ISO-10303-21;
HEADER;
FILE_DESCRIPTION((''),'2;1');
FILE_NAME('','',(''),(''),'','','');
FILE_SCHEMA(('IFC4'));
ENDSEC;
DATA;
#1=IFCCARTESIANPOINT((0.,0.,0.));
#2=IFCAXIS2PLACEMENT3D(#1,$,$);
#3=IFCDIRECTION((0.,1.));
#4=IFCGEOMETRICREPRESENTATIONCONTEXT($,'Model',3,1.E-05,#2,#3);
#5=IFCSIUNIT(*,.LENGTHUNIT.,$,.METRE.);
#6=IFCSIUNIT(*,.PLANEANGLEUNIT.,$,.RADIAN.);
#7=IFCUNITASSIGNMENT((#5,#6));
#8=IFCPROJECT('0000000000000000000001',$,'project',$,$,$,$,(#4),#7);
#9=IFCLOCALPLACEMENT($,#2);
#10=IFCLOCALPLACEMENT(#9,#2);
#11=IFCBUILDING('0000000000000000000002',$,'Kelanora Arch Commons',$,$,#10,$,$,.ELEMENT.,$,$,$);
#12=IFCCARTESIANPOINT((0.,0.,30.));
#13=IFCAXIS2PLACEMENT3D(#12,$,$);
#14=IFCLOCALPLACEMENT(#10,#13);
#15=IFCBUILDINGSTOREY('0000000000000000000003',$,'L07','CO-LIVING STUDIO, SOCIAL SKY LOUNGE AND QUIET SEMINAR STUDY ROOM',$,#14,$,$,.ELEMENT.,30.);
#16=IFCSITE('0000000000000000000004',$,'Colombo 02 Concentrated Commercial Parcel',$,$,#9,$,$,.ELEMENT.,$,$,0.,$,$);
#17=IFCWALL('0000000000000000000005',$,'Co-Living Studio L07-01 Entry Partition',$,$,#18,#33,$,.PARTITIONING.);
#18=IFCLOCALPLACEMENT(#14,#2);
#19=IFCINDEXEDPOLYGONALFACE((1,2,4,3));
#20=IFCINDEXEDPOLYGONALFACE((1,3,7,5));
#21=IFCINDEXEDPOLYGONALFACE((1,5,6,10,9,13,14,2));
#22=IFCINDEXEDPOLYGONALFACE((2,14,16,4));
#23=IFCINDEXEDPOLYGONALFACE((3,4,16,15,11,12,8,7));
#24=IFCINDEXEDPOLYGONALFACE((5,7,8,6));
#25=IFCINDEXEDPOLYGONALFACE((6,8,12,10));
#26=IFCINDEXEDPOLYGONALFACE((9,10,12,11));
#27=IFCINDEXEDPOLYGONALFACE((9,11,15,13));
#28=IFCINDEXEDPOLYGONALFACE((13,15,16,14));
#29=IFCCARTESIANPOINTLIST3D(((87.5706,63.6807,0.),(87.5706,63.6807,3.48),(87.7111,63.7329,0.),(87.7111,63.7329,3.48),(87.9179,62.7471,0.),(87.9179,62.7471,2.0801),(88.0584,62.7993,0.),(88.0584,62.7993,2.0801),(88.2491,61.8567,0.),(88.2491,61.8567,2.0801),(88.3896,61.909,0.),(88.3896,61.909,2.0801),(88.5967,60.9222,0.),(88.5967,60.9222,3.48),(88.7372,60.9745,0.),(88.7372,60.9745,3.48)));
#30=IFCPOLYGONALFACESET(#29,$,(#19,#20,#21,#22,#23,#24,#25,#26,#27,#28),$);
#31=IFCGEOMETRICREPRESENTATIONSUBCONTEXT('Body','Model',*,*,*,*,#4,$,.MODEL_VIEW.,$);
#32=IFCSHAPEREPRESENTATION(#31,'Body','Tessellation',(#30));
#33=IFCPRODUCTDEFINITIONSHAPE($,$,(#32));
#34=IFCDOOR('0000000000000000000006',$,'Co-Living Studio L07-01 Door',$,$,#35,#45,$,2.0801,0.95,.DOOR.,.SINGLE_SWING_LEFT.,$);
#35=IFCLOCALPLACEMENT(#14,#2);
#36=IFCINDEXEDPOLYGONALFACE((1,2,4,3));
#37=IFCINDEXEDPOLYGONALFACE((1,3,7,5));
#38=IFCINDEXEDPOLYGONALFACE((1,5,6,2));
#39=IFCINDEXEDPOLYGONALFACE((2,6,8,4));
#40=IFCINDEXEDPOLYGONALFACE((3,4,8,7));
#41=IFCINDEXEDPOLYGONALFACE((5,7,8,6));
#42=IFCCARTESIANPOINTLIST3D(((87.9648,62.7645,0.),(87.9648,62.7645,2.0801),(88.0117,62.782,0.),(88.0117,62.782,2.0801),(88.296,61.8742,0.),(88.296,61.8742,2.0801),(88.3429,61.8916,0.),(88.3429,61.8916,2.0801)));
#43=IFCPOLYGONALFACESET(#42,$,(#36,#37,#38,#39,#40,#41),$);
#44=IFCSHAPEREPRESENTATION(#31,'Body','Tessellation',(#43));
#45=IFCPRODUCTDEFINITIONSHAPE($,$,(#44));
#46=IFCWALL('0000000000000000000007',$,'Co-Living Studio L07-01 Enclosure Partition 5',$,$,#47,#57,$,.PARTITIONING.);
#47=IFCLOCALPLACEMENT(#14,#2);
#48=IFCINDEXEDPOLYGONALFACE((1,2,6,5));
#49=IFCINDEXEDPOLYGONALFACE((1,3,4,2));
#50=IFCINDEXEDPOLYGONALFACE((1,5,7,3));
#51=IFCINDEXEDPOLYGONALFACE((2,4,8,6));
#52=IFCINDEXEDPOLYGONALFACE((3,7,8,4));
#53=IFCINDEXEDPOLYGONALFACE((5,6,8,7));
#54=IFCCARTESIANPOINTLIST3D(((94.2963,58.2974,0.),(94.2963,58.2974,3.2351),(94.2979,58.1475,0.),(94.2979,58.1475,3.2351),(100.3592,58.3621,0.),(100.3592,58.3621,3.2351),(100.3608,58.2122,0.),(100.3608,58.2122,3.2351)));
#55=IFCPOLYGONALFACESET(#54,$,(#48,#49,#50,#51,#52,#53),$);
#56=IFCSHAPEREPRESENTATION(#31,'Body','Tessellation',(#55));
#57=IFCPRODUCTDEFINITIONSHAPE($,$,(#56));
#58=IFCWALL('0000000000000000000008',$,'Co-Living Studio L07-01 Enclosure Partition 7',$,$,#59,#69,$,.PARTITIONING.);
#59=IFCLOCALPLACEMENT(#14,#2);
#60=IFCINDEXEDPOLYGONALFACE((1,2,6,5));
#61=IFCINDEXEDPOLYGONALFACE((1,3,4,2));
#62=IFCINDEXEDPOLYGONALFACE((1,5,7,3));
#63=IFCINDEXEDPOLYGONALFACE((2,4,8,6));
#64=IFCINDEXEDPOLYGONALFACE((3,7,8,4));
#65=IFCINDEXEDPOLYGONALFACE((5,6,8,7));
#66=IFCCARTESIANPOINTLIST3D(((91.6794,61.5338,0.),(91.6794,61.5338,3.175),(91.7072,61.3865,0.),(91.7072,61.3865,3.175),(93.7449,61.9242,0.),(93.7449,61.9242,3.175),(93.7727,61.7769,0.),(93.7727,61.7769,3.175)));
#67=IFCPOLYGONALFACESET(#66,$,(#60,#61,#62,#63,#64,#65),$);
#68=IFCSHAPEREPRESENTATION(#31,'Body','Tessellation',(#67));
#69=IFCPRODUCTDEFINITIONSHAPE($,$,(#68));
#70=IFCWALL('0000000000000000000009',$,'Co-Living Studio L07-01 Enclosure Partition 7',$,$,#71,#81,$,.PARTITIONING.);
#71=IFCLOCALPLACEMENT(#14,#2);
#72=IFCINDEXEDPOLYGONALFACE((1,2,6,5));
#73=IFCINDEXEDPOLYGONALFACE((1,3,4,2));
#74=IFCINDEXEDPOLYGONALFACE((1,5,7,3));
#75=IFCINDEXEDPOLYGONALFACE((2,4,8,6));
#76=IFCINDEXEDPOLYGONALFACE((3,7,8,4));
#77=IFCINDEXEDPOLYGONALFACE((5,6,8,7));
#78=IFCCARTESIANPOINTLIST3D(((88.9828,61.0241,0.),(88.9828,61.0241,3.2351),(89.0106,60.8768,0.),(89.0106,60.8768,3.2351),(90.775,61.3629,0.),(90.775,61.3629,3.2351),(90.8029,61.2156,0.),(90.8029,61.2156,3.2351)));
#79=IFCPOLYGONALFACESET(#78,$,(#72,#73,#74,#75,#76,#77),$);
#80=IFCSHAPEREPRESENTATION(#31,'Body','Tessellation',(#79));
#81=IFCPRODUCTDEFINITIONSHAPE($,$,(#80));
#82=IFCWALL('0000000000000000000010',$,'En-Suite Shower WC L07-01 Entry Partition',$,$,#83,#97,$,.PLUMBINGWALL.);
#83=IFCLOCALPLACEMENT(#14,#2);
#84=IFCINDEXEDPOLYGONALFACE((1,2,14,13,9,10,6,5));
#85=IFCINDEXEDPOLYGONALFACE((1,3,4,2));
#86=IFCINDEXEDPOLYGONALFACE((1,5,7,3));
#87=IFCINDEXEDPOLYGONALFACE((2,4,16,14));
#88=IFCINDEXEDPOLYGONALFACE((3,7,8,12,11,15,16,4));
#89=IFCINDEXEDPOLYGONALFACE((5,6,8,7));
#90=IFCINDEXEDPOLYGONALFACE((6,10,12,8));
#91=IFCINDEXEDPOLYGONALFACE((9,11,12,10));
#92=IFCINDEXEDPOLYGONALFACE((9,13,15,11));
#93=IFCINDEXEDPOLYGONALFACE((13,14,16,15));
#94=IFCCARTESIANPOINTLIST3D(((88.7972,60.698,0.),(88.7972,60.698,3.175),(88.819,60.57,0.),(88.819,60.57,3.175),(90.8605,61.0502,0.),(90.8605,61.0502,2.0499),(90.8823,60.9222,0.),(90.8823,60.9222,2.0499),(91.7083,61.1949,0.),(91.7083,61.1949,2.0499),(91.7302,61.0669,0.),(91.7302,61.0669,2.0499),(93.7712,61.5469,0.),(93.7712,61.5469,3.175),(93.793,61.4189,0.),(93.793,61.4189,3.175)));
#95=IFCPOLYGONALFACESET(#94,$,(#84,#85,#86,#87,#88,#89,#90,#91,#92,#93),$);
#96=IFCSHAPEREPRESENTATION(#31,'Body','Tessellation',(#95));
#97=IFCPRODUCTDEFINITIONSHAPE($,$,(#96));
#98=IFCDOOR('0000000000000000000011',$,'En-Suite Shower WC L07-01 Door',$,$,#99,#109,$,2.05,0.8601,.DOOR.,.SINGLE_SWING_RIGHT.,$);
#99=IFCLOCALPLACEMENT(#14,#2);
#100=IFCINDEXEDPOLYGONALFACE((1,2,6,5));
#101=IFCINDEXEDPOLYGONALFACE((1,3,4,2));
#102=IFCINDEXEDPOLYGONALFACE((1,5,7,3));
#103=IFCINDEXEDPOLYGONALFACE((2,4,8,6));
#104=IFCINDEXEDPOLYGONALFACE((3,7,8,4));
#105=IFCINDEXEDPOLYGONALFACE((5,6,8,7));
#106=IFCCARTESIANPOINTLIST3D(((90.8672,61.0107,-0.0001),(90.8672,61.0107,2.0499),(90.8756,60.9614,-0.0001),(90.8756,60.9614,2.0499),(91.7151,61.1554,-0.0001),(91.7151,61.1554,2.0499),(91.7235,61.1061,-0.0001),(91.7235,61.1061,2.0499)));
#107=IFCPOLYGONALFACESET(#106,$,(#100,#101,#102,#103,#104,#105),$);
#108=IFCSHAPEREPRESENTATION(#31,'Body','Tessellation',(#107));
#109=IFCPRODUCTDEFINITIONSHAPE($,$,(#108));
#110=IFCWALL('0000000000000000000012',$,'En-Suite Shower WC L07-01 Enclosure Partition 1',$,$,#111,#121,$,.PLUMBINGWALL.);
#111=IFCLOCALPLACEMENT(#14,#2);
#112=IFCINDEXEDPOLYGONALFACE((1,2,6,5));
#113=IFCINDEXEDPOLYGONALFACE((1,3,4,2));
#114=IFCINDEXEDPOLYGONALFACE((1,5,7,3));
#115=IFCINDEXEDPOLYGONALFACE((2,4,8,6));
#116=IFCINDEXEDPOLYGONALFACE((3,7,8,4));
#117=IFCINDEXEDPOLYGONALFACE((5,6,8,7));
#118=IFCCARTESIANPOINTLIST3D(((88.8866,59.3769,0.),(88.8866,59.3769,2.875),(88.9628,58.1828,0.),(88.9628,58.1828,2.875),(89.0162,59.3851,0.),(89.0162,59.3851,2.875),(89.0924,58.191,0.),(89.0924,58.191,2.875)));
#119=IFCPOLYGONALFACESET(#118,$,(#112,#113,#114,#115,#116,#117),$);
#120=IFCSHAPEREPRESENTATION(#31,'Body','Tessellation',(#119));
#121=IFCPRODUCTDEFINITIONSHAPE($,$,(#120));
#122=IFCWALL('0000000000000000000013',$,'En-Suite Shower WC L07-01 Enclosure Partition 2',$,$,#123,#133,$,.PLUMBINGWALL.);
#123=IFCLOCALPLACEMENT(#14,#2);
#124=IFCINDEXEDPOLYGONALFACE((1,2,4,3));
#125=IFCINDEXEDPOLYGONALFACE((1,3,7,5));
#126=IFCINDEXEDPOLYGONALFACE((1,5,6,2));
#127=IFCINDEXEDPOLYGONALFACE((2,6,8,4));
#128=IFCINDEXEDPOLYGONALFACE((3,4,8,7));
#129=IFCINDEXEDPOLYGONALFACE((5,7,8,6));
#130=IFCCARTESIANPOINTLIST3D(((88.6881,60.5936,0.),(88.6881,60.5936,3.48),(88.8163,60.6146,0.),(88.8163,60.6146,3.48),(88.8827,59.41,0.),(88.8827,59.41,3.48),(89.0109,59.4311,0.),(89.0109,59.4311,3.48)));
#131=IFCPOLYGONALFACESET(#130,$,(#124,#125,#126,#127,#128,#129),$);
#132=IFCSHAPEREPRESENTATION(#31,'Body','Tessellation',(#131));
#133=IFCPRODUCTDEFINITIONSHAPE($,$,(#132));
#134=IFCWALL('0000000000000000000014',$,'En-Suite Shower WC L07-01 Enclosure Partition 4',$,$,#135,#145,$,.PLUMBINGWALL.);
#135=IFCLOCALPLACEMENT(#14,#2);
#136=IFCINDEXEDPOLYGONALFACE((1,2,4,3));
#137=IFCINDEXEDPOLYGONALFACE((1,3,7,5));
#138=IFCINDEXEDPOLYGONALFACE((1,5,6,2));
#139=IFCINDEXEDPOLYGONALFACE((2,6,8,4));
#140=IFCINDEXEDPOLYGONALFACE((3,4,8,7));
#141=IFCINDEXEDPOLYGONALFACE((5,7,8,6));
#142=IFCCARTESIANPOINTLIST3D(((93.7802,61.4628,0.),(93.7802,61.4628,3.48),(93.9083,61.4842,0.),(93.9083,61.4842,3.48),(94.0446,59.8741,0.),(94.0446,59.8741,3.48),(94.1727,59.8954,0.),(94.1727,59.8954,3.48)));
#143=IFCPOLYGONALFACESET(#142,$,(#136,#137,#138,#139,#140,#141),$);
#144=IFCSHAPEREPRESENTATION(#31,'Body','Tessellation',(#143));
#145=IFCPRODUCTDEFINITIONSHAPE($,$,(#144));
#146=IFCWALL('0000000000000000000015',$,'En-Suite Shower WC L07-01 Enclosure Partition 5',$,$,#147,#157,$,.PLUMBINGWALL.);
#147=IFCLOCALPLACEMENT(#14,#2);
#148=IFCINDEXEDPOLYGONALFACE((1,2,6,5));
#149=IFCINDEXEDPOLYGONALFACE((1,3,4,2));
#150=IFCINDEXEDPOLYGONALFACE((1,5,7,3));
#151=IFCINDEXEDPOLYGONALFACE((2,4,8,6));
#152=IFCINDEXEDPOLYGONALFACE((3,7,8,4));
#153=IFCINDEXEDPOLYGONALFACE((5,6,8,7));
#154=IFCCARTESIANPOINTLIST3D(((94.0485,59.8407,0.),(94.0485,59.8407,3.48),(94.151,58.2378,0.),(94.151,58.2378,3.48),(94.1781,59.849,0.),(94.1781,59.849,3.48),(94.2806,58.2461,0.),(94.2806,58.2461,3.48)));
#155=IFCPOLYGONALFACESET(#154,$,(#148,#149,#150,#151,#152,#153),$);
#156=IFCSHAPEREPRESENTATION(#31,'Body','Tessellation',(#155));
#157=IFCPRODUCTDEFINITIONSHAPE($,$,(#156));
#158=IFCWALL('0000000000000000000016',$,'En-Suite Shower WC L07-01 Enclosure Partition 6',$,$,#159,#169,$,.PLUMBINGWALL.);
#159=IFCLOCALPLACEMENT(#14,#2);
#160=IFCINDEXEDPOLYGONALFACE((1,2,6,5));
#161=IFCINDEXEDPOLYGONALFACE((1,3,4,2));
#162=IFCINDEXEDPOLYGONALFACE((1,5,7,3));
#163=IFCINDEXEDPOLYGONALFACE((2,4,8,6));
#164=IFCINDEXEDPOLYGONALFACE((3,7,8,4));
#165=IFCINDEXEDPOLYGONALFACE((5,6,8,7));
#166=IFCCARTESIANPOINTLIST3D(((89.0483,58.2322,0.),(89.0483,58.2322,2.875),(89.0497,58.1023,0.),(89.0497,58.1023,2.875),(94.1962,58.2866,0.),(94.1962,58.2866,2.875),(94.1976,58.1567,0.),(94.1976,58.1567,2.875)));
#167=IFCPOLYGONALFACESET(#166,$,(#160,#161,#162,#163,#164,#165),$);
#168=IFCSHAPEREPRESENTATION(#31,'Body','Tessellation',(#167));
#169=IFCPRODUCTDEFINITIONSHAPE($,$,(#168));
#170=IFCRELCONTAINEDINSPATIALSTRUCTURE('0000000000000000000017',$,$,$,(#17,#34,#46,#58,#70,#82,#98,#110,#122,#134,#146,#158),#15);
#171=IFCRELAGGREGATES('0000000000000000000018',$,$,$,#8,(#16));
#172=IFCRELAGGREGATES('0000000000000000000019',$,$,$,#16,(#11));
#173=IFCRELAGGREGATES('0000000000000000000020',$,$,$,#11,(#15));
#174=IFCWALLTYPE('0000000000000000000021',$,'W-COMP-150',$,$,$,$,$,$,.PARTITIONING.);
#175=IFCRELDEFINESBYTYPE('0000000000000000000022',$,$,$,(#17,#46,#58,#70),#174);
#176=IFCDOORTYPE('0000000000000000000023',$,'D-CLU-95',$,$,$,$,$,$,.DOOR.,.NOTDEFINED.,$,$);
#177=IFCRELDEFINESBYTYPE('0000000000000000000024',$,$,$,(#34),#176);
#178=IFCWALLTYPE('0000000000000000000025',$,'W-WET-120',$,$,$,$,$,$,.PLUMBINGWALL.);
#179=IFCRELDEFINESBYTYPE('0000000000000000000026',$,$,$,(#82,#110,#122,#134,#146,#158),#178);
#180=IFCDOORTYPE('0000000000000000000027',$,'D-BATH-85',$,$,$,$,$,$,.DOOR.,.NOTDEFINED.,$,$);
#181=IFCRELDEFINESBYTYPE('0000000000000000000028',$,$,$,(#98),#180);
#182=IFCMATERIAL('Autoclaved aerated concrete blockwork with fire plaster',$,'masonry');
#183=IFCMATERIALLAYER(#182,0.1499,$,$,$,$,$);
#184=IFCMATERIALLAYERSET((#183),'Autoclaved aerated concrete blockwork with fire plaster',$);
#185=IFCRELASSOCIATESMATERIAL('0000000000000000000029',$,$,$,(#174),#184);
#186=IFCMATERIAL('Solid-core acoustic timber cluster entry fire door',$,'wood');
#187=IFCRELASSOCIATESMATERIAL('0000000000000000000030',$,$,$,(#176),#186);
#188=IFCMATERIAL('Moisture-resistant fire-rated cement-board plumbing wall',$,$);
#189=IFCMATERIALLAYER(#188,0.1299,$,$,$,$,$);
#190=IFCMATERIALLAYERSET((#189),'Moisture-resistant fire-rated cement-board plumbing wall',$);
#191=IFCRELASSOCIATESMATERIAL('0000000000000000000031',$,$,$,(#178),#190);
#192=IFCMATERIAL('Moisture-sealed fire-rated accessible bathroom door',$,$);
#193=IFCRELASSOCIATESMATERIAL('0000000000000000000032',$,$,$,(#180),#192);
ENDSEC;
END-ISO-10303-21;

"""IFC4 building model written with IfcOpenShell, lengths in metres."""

from ifc_helpers import new_model, si_unit, direction, frame, frame_2d, origin, place, context, subcontext, project, spatial, rectangle, extrude, material, layer, layer_set, type_object, element, fill, save


model = new_model("IFC4")

# Units and contexts
model_context = context("Model", 3, precision=1e-05, world=origin(), true_north=direction((0.0, 1.0)))
body_context = subcontext(model_context, "Body", "Model", "MODEL_VIEW")
ifc_project = project(units=[si_unit("LENGTHUNIT", "METRE"), si_unit("PLANEANGLEUNIT", "RADIAN")], contexts=[model_context])

# Site, building, storey
site_placement = place(None, origin())
site = spatial("IfcSite", under=ifc_project, at=site_placement, Name="Colombo 02 Concentrated Commercial Parcel", CompositionType="ELEMENT", RefElevation=0.0)
building_placement = place(site_placement, origin())
building = spatial("IfcBuilding", under=site, at=building_placement, Name="Kelanora Arch Commons", CompositionType="ELEMENT")
storey_placement = place(building_placement, frame((0.0, 0.0, 30.0)))
storey = spatial("IfcBuildingStorey", under=building, at=storey_placement, Name="L07", Description="CO-LIVING STUDIO, SOCIAL SKY LOUNGE AND QUIET SEMINAR STUDY ROOM", CompositionType="ELEMENT", Elevation=30.0)

# Wall, opening, door
ifc_material_1 = material(Name="Autoclaved aerated concrete blockwork with fire plaster", Category="masonry")
ifc_layer_1 = layer(ifc_material_1, 0.1499)
ifc_layer_set_1 = layer_set([ifc_layer_1], Name="Autoclaved aerated concrete blockwork with fire plaster")
wall_type_1 = type_object("IfcWallType", Name="W-COMP-150", PredefinedType="PARTITIONING", material=ifc_layer_set_1)
wall_1_placement = place(storey_placement, frame((88.667, 60.9482, 0.0), z_axis=(0.0, 0.0, 1.0), x_axis=(-0.348641, 0.937257, 0.0)))
wall_1 = element("IfcWall", 1, at=wall_1_placement, inside=storey, type_object=wall_type_1, Name="Co-Living Studio L07-01 Entry Partition", PredefinedType="PARTITIONING", context=body_context, shape_type="SweptSolid", body=[
    extrude(rectangle(XDim=2.9431, YDim=0.1499, at=frame_2d((1.4717, 0.0))), origin(), (0.0, 0.0, 1.0), 3.48),
])
opening_1_placement = place(wall_1_placement, frame((0.9971, 0.0, 0.0)))
opening_1 = element("IfcOpeningElement", 2, at=opening_1_placement, cuts=wall_1, PredefinedType="OPENING", context=body_context, shape_type="SweptSolid", body=[
    extrude(rectangle(XDim=0.95, YDim=2.0801, at=frame_2d((0.4751, 1.04))), frame((0.0, 0.085, 0.0), z_axis=(0.0, -1.0, 0.0), x_axis=(1.0, 0.0, 0.0)), (0.0, 0.0, 1.0), 0.1699),
])
ifc_material_2 = material(Name="Solid-core acoustic timber cluster entry fire door", Category="wood")
door_type_1 = type_object("IfcDoorType", Name="D-CLU-95", OperationType="NOTDEFINED", PredefinedType="DOOR", material=ifc_material_2)
door_1_placement = place(opening_1_placement, origin())
door_1 = element("IfcDoor", 3, at=door_1_placement, inside=storey, type_object=door_type_1, Name="Co-Living Studio L07-01 Door", OperationType="SINGLE_SWING_LEFT", OverallHeight=2.0801, OverallWidth=0.95, PredefinedType="DOOR", context=body_context, shape_type="SweptSolid", body=[
    extrude(rectangle(XDim=0.95, YDim=2.0801, at=frame_2d((0.4751, 1.04))), frame((0.0, 0.0249, 0.0), z_axis=(0.0, -1.0, 0.0), x_axis=(1.0, 0.0, 0.0)), (0.0, 0.0, 1.0), 0.05),
])
fill(opening_1, door_1)

# Walls
wall_2_placement = place(storey_placement, frame((100.3601, 58.2871, 0.0), z_axis=(0.0, 0.0, 1.0), x_axis=(-0.999943, -0.01067, 0.0)))
element("IfcWall", 4, at=wall_2_placement, inside=storey, type_object=wall_type_1, Name="Co-Living Studio L07-01 Enclosure Partition 5", PredefinedType="PARTITIONING", context=body_context, shape_type="SweptSolid", body=[
    extrude(rectangle(XDim=6.0632, YDim=0.1499, at=frame_2d((3.0317, 0.0))), origin(), (0.0, 0.0, 1.0), 3.2351),
])
wall_3_placement = place(storey_placement, frame((93.7588, 61.8506, 0.0), z_axis=(0.0, 0.0, 1.0), x_axis=(-0.982603, -0.185719, 0.0)))
element("IfcWall", 5, at=wall_3_placement, inside=storey, type_object=wall_type_1, Name="Co-Living Studio L07-01 Enclosure Partition 7", PredefinedType="PARTITIONING", context=body_context, shape_type="SweptSolid", body=[
    extrude(rectangle(XDim=2.1021, YDim=0.1499, at=frame_2d((1.051, 0.0))), origin(), (0.0, 0.0, 1.0), 3.175),
])
wall_4_placement = place(storey_placement, frame((90.7891, 61.2893, 0.0), z_axis=(0.0, 0.0, 1.0), x_axis=(-0.982591, -0.185783, 0.0)))
element("IfcWall", 6, at=wall_4_placement, inside=storey, type_object=wall_type_1, Name="Co-Living Studio L07-01 Enclosure Partition 7", PredefinedType="PARTITIONING", context=body_context, shape_type="SweptSolid", body=[
    extrude(rectangle(XDim=1.824, YDim=0.1499, at=frame_2d((0.9121, 0.0))), origin(), (0.0, 0.0, 1.0), 3.2351),
])

# Wall, opening, door
ifc_material_3 = material(Name="Moisture-resistant fire-rated cement-board plumbing wall")
ifc_layer_2 = layer(ifc_material_3, 0.1299)
ifc_layer_set_2 = layer_set([ifc_layer_2], Name="Moisture-resistant fire-rated cement-board plumbing wall")
wall_type_2 = type_object("IfcWallType", Name="W-WET-120", PredefinedType="PLUMBINGWALL", material=ifc_layer_set_2)
wall_5_placement = place(storey_placement, frame((88.8081, 60.634, 0.0), z_axis=(0.0, 0.0, 1.0), x_axis=(0.985747, 0.168235, 0.0)))
wall_5 = element("IfcWall", 7, at=wall_5_placement, inside=storey, type_object=wall_type_2, Name="En-Suite Shower WC L07-01 Entry Partition", PredefinedType="PLUMBINGWALL", context=body_context, shape_type="SweptSolid", body=[
    extrude(rectangle(XDim=5.0459, YDim=0.1299, at=frame_2d((2.5229, 0.0))), origin(), (0.0, 0.0, 1.0), 3.175),
])
opening_2_placement = place(wall_5_placement, frame((2.093, 0.0, 0.0)))
opening_2 = element("IfcOpeningElement", 8, at=opening_2_placement, cuts=wall_5, PredefinedType="OPENING", context=body_context, shape_type="SweptSolid", body=[
    extrude(rectangle(XDim=0.8601, YDim=2.05, at=frame_2d((0.4302, 1.0249))), frame((0.0, 0.075, 0.0), z_axis=(0.0, -1.0, 0.0), x_axis=(1.0, 0.0, 0.0)), (0.0, 0.0, 1.0), 0.1499),
])
ifc_material_4 = material(Name="Moisture-sealed fire-rated accessible bathroom door")
door_type_2 = type_object("IfcDoorType", Name="D-BATH-85", OperationType="NOTDEFINED", PredefinedType="DOOR", material=ifc_material_4)
door_2_placement = place(opening_2_placement, origin())
door_2 = element("IfcDoor", 9, at=door_2_placement, inside=storey, type_object=door_type_2, Name="En-Suite Shower WC L07-01 Door", OperationType="SINGLE_SWING_RIGHT", OverallHeight=2.05, OverallWidth=0.8601, PredefinedType="DOOR", context=body_context, shape_type="SweptSolid", body=[
    extrude(rectangle(XDim=0.8601, YDim=2.05, at=frame_2d((0.4302, 1.0249))), frame((0.0, 0.0249, 0.0), z_axis=(0.0, -1.0, 0.0), x_axis=(1.0, 0.0, 0.0)), (0.0, 0.0, 1.0), 0.05),
])
fill(opening_2, door_2)

# Walls
wall_6_placement = place(storey_placement, frame((89.0276, 58.187, 0.0), z_axis=(0.0, 0.0, 1.0), x_axis=(-0.063661, 0.997972, 0.0)))
element("IfcWall", 10, at=wall_6_placement, inside=storey, type_object=wall_type_2, Name="En-Suite Shower WC L07-01 Enclosure Partition 1", PredefinedType="PLUMBINGWALL", context=body_context, shape_type="SweptSolid", body=[
    extrude(rectangle(XDim=1.1965, YDim=0.1299, at=frame_2d((0.5981, 0.0))), origin(), (0.0, 0.0, 1.0), 2.875),
])
wall_7_placement = place(storey_placement, frame((88.9468, 59.4207, 0.0), z_axis=(0.0, 0.0, 1.0), x_axis=(-0.16222, 0.986755, 0.0)))
element("IfcWall", 11, at=wall_7_placement, inside=storey, type_object=wall_type_2, Name="En-Suite Shower WC L07-01 Enclosure Partition 2", PredefinedType="PLUMBINGWALL", context=body_context, shape_type="SweptSolid", body=[
    extrude(rectangle(XDim=1.1995, YDim=0.1299, at=frame_2d((0.5996, 0.0))), origin(), (0.0, 0.0, 1.0), 3.48),
])
wall_8_placement = place(storey_placement, frame((93.8442, 61.4734, 0.0), z_axis=(0.0, 0.0, 1.0), x_axis=(0.164178, -0.986431, 0.0)))
element("IfcWall", 12, at=wall_8_placement, inside=storey, type_object=wall_type_2, Name="En-Suite Shower WC L07-01 Enclosure Partition 4", PredefinedType="PLUMBINGWALL", context=body_context, shape_type="SweptSolid", body=[
    extrude(rectangle(XDim=1.6106, YDim=0.1299, at=frame_2d((0.8052, 0.0))), origin(), (0.0, 0.0, 1.0), 3.48),
])
wall_9_placement = place(storey_placement, frame((94.1133, 59.845, 0.0), z_axis=(0.0, 0.0, 1.0), x_axis=(0.063835, -0.99796, 0.0)))
element("IfcWall", 13, at=wall_9_placement, inside=storey, type_object=wall_type_2, Name="En-Suite Shower WC L07-01 Enclosure Partition 5", PredefinedType="PLUMBINGWALL", context=body_context, shape_type="SweptSolid", body=[
    extrude(rectangle(XDim=1.6062, YDim=0.1299, at=frame_2d((0.8032, 0.0))), origin(), (0.0, 0.0, 1.0), 3.48),
])
wall_10_placement = place(storey_placement, frame((94.197, 58.2217, 0.0), z_axis=(0.0, 0.0, 1.0), x_axis=(-0.999944, -0.010575, 0.0)))
element("IfcWall", 14, at=wall_10_placement, inside=storey, type_object=wall_type_2, Name="En-Suite Shower WC L07-01 Enclosure Partition 6", PredefinedType="PLUMBINGWALL", context=body_context, shape_type="SweptSolid", body=[
    extrude(rectangle(XDim=5.1482, YDim=0.1299, at=frame_2d((2.5742, 0.0))), origin(), (0.0, 0.0, 1.0), 2.875),
])

save(model, "model.ifc")
